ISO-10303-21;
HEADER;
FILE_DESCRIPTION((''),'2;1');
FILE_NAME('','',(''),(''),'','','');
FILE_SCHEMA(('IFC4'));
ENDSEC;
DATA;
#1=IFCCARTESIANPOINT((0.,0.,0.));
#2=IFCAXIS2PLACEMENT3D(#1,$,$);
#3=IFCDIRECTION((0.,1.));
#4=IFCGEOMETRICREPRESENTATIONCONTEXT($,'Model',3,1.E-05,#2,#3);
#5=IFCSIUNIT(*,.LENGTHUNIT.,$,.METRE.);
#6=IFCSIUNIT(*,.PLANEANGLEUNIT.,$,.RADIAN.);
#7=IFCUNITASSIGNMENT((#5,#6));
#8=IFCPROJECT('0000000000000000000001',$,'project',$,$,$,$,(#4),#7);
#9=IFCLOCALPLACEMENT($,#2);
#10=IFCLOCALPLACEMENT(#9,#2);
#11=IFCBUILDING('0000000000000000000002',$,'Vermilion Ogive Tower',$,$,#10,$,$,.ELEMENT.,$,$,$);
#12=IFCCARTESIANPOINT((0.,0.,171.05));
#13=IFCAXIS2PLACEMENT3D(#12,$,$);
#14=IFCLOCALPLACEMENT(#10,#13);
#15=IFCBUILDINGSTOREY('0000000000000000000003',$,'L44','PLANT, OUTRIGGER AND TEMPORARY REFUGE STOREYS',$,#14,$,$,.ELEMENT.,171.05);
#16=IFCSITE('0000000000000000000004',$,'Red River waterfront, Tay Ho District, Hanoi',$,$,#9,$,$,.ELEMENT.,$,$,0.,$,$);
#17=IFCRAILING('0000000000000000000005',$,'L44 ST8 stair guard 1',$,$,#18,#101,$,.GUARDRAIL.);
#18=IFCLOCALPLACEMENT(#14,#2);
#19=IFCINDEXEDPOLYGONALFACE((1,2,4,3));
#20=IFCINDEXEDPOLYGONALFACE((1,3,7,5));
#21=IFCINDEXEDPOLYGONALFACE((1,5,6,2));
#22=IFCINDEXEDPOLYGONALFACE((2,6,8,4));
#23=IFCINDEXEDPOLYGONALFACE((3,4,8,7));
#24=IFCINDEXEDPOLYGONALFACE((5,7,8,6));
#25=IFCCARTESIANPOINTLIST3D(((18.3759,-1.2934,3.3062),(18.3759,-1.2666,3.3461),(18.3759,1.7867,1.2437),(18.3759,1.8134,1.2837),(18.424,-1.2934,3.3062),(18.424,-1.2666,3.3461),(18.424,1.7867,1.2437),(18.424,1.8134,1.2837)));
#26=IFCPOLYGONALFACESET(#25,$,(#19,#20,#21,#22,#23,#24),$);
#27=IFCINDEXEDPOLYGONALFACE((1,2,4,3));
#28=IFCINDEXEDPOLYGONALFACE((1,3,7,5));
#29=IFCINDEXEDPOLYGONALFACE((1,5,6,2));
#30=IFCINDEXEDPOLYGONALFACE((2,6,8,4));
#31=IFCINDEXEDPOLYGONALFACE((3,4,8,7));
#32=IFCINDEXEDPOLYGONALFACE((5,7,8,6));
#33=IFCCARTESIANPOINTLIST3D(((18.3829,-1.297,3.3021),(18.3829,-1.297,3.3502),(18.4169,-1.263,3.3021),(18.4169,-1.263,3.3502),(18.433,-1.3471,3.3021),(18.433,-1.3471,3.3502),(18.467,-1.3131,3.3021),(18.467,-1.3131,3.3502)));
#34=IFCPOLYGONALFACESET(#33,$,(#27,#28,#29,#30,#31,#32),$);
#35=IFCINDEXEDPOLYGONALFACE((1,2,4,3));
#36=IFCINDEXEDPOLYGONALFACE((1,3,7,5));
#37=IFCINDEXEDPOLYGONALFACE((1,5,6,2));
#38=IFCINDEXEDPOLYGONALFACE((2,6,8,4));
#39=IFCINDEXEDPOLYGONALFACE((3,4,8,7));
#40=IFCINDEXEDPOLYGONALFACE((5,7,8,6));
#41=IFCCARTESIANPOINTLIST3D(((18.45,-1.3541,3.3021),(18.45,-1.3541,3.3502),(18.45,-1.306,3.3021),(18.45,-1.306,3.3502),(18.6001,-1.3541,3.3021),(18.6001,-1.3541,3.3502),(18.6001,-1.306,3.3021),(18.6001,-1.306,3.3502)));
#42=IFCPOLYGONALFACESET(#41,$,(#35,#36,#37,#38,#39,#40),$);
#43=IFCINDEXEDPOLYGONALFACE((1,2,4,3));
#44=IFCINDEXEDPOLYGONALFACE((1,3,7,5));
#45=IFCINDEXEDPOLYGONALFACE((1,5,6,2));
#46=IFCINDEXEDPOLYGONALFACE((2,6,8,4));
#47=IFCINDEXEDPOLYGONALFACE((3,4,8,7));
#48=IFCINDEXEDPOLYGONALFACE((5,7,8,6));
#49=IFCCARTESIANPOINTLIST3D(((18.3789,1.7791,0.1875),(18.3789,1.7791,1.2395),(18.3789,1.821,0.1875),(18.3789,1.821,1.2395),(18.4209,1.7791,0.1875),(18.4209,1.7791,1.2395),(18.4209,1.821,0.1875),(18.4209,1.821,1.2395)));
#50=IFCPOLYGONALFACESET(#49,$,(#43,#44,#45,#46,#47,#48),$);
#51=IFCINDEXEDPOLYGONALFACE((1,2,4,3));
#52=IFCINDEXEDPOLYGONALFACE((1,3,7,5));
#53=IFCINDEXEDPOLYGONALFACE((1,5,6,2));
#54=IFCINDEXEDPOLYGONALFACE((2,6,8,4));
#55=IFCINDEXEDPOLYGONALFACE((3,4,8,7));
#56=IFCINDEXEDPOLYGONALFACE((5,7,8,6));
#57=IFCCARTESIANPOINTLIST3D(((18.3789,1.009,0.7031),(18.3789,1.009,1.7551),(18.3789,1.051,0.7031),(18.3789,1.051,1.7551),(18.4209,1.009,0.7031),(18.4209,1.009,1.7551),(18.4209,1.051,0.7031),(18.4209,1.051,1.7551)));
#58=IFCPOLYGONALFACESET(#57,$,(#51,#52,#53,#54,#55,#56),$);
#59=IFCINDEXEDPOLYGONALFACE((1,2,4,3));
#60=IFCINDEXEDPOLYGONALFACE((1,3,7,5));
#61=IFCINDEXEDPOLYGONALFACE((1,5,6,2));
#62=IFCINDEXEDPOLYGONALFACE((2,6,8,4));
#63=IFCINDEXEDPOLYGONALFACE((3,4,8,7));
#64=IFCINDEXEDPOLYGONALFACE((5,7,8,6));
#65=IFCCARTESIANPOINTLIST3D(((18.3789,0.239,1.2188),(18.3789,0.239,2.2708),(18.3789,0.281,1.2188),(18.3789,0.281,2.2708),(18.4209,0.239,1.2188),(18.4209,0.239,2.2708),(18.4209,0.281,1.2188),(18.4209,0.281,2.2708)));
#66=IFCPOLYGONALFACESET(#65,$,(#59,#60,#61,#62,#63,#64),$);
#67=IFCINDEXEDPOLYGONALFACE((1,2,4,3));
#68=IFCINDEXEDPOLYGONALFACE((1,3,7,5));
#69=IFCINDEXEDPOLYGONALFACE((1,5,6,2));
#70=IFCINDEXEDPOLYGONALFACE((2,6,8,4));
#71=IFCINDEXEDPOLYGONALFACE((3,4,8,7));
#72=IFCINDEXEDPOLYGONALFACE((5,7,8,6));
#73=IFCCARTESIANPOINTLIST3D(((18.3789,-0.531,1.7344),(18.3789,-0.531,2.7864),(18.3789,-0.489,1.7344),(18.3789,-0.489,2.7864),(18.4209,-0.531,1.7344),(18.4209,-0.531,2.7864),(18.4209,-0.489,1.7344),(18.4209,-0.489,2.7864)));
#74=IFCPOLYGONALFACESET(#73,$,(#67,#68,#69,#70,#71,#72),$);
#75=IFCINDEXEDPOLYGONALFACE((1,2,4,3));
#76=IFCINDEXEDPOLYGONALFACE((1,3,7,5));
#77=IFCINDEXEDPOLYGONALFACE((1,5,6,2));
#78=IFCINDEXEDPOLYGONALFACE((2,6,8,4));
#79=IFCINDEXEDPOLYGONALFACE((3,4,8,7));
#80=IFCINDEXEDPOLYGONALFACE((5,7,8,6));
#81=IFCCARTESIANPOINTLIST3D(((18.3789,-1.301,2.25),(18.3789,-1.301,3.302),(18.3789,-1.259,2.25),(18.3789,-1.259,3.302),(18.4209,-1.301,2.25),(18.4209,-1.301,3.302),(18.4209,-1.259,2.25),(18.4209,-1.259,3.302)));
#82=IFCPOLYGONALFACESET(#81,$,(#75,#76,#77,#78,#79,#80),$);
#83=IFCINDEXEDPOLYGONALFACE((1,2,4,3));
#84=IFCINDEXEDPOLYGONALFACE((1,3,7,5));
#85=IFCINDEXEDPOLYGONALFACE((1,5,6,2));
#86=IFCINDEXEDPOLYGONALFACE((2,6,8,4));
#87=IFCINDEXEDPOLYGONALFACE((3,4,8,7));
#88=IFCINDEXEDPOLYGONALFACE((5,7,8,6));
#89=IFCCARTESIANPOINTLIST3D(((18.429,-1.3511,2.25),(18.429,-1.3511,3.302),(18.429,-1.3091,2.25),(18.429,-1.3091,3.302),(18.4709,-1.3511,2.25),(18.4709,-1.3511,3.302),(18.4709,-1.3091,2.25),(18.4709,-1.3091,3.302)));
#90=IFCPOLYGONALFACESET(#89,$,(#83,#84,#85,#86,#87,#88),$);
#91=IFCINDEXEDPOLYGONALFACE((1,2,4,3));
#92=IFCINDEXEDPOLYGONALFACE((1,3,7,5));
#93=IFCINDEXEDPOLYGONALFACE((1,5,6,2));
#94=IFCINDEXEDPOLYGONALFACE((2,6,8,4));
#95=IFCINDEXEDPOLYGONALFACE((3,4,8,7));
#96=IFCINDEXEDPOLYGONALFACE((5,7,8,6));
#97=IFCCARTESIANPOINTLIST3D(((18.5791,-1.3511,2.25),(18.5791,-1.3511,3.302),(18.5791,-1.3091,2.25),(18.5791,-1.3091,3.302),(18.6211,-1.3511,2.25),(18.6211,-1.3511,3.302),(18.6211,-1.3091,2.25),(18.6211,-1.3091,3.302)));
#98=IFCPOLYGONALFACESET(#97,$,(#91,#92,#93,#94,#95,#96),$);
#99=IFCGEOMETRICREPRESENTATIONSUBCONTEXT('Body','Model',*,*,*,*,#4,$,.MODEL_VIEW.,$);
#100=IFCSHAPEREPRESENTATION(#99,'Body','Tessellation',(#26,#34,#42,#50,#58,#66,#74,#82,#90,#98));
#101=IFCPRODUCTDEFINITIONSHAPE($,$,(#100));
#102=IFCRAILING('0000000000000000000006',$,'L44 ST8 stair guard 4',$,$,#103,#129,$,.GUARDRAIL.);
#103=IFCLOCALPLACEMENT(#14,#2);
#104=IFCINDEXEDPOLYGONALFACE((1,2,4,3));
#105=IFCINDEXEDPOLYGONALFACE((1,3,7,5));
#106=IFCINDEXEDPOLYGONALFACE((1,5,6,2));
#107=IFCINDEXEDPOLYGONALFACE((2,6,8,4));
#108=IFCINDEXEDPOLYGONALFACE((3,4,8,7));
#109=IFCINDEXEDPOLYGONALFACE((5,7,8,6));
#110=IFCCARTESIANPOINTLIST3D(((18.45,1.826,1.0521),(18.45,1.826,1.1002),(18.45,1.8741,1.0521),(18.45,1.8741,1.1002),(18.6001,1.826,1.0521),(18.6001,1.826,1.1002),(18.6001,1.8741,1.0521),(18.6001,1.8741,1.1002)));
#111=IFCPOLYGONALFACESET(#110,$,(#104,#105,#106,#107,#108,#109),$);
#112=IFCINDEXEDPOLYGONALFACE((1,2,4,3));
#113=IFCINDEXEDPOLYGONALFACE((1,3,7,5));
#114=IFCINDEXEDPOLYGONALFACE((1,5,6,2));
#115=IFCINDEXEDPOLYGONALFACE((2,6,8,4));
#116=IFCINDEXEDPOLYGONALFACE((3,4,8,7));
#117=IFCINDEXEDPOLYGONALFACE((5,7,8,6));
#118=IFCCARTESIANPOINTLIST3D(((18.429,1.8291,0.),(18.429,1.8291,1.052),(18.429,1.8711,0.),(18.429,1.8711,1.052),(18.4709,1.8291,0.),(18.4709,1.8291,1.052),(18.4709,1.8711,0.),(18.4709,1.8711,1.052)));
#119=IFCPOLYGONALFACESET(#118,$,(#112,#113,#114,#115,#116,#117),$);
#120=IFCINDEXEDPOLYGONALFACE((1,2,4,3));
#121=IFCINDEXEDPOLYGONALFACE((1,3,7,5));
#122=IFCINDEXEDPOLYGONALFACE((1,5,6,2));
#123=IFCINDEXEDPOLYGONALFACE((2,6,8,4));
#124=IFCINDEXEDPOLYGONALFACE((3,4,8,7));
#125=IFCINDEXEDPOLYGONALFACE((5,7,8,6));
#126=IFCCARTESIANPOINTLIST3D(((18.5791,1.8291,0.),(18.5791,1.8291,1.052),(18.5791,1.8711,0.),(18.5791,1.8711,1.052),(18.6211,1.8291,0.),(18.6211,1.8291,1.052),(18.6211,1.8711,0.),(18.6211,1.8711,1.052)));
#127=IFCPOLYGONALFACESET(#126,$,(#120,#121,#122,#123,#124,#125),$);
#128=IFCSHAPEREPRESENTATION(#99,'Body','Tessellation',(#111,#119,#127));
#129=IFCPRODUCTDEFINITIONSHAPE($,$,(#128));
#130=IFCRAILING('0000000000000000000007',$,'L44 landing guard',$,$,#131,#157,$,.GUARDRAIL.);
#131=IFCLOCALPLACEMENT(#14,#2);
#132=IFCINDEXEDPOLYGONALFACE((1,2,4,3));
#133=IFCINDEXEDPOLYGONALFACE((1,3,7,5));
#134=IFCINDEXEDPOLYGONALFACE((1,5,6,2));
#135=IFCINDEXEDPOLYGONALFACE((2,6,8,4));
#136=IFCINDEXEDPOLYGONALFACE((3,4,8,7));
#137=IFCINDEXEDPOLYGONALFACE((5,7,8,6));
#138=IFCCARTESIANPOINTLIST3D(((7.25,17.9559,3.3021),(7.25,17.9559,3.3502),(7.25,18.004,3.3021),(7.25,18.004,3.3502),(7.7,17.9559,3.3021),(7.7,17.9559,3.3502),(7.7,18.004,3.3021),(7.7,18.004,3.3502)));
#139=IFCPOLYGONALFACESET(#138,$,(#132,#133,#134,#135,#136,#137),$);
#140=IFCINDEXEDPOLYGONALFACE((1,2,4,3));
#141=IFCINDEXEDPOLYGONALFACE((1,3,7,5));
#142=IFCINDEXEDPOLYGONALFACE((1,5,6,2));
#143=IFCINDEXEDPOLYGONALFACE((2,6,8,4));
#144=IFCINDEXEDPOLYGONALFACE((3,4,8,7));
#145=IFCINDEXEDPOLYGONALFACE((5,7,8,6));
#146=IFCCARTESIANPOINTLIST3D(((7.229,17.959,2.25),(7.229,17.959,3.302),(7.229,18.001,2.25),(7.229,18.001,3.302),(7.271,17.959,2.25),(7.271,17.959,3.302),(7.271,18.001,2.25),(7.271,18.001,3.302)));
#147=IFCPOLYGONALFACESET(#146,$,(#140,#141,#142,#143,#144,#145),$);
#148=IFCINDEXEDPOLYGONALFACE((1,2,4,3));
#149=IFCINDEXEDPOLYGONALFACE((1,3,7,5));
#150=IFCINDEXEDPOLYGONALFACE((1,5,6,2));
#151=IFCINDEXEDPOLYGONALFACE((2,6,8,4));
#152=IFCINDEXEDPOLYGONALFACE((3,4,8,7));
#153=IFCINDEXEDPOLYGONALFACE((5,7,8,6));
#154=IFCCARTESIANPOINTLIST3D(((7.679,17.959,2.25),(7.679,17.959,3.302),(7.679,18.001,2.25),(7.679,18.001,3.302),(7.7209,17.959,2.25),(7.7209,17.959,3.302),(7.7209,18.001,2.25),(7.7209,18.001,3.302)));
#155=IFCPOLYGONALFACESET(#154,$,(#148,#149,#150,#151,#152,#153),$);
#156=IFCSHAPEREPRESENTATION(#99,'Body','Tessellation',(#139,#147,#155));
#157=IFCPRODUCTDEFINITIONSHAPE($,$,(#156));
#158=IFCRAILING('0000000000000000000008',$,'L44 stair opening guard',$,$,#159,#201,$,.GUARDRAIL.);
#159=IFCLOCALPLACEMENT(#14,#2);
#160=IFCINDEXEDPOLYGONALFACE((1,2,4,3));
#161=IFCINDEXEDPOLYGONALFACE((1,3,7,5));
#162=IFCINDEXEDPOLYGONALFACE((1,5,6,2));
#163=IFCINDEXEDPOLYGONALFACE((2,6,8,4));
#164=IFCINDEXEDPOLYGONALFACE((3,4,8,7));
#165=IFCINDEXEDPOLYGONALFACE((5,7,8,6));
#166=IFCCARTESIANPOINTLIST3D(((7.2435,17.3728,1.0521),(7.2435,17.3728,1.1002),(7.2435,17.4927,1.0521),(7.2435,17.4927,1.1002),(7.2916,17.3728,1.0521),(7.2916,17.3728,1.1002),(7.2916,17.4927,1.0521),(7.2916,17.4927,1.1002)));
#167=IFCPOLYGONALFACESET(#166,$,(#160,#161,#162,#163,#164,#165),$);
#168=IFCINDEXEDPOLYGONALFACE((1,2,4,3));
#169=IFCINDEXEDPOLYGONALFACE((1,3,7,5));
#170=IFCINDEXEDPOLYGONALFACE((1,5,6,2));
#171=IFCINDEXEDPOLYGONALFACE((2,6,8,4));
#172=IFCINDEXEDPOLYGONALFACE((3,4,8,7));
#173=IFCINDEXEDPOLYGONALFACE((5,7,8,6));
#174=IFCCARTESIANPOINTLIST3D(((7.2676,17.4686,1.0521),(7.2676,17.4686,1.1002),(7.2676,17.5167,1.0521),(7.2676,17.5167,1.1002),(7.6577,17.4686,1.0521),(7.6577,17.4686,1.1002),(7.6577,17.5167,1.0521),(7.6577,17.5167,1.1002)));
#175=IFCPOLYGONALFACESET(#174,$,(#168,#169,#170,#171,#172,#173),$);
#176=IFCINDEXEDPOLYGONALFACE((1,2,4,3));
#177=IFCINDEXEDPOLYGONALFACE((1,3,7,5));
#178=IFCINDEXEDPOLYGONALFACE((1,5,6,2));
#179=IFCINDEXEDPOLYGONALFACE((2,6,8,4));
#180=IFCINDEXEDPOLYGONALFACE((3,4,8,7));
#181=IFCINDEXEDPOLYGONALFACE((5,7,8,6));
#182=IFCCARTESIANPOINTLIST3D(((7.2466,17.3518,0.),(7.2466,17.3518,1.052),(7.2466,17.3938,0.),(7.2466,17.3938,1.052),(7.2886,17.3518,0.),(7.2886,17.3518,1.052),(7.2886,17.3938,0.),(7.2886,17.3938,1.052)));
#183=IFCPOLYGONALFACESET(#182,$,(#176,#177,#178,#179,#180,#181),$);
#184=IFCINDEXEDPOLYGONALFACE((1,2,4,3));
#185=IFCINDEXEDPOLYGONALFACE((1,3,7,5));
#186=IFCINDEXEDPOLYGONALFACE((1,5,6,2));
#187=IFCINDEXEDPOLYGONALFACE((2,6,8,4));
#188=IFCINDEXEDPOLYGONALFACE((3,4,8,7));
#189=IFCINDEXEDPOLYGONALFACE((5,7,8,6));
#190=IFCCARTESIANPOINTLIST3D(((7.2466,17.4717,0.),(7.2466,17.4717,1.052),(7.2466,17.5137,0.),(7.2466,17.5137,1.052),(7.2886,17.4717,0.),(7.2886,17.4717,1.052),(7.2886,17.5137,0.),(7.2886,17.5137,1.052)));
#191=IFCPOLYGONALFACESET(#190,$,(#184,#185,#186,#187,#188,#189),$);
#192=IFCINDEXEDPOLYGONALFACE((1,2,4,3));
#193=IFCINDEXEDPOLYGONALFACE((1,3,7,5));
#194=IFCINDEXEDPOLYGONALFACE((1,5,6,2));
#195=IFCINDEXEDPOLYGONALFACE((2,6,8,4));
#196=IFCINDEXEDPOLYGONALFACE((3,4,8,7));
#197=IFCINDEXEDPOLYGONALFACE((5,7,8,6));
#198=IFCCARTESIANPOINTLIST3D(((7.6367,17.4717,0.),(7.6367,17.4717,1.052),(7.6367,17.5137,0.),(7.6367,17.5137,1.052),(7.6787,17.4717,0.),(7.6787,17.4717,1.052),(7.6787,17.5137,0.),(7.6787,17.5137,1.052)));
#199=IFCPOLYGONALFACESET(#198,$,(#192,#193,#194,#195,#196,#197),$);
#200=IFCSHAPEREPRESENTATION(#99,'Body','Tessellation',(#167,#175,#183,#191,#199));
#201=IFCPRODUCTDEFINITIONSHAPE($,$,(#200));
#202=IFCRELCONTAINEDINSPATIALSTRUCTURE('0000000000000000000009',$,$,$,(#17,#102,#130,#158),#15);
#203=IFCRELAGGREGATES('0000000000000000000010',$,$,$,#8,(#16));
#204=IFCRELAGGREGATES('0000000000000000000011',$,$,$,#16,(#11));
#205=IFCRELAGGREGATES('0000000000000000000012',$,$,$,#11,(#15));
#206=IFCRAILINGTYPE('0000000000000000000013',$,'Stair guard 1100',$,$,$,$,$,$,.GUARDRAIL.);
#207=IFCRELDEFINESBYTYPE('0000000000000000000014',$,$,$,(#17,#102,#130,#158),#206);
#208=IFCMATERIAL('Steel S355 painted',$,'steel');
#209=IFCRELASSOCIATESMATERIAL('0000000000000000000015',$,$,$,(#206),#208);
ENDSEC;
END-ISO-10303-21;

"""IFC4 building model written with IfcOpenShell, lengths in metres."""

from ifc_helpers import new_model, si_unit, direction, frame, origin, origin_2d, place, context, subcontext, project, spatial, rectangle, extrude, material, type_object, element, save


model = new_model("IFC4")

# Units and contexts
model_context = context("Model", 3, precision=1e-05, world=origin(), true_north=direction((0.0, 1.0)))
body_context = subcontext(model_context, "Body", "Model", "MODEL_VIEW")
ifc_project = project(units=[si_unit("LENGTHUNIT", "METRE"), si_unit("PLANEANGLEUNIT", "RADIAN")], contexts=[model_context])

# Site, building, storey
site_placement = place(None, origin())
site = spatial("IfcSite", under=ifc_project, at=site_placement, Name="Red River waterfront, Tay Ho District, Hanoi", CompositionType="ELEMENT", RefElevation=0.0)
building_placement = place(site_placement, origin())
building = spatial("IfcBuilding", under=site, at=building_placement, Name="Vermilion Ogive Tower", CompositionType="ELEMENT")
storey_placement = place(building_placement, frame((0.0, 0.0, 171.05)))
storey = spatial("IfcBuildingStorey", under=building, at=storey_placement, Name="L44", Description="PLANT, OUTRIGGER AND TEMPORARY REFUGE STOREYS", CompositionType="ELEMENT", Elevation=171.05)

# Railings
ifc_material_1 = material(Name="Steel S355 painted", Category="steel")
railing_type_1 = type_object("IfcRailingType", Name="Stair guard 1100", PredefinedType="GUARDRAIL", material=ifc_material_1)
railing_1_placement = place(storey_placement, frame((18.3999, 1.8, 0.1875)))
element("IfcRailing", 1, at=railing_1_placement, inside=storey, type_object=railing_type_1, Name="L44 ST8 stair guard 1", PredefinedType="GUARDRAIL", context=body_context, shape_type="SweptSolid", body=[
    extrude(rectangle(XDim=0.0481, YDim=0.0481, at=origin_2d()), frame((0.0, 0.0, 1.0762), z_axis=(0.0, -0.830914, 0.556401), x_axis=(1.0, 0.0, 0.0)), (0.0, 0.0, 1.0), 3.7068),
    extrude(rectangle(XDim=0.0481, YDim=0.0481, at=origin_2d()), frame((0.0, -3.0801, 3.1387), z_axis=(0.707107, -0.707107, 0.0), x_axis=(0.707107, 0.707107, 0.0)), (0.0, 0.0, 1.0), 0.0708),
    extrude(rectangle(XDim=0.0481, YDim=0.0481, at=origin_2d()), frame((0.05, -3.1301, 3.1387), z_axis=(1.0, 0.0, 0.0), x_axis=(0.0, 1.0, 0.0)), (0.0, 0.0, 1.0), 0.1501),
    extrude(rectangle(XDim=0.042, YDim=0.042, at=origin_2d()), origin(), (0.0, 0.0, 1.0), 1.052),
    extrude(rectangle(XDim=0.042, YDim=0.042, at=origin_2d()), frame((0.0, -0.77, 0.5156)), (0.0, 0.0, 1.0), 1.052),
    extrude(rectangle(XDim=0.042, YDim=0.042, at=origin_2d()), frame((0.0, -1.54, 1.0312)), (0.0, 0.0, 1.0), 1.052),
    extrude(rectangle(XDim=0.042, YDim=0.042, at=origin_2d()), frame((0.0, -2.3101, 1.5469)), (0.0, 0.0, 1.0), 1.052),
    extrude(rectangle(XDim=0.042, YDim=0.042, at=origin_2d()), frame((0.0, -3.0801, 2.0625)), (0.0, 0.0, 1.0), 1.052),
    extrude(rectangle(XDim=0.042, YDim=0.042, at=origin_2d()), frame((0.05, -3.1301, 2.0625)), (0.0, 0.0, 1.0), 1.052),
    extrude(rectangle(XDim=0.042, YDim=0.042, at=origin_2d()), frame((0.2002, -3.1301, 2.0625)), (0.0, 0.0, 1.0), 1.052),
])
railing_2_placement = place(storey_placement, frame((18.45, 1.8501, 0.0)))
element("IfcRailing", 2, at=railing_2_placement, inside=storey, type_object=railing_type_1, Name="L44 ST8 stair guard 4", PredefinedType="GUARDRAIL", context=body_context, shape_type="SweptSolid", body=[
    extrude(rectangle(XDim=0.0481, YDim=0.0481, at=origin_2d()), frame((0.0, 0.0, 1.0762), z_axis=(1.0, 0.0, 0.0), x_axis=(0.0, 1.0, 0.0)), (0.0, 0.0, 1.0), 0.1501),
    extrude(rectangle(XDim=0.042, YDim=0.042, at=origin_2d()), origin(), (0.0, 0.0, 1.0), 1.052),
    extrude(rectangle(XDim=0.042, YDim=0.042, at=origin_2d()), frame((0.1501, 0.0, 0.0)), (0.0, 0.0, 1.0), 1.052),
])
railing_3_placement = place(storey_placement, frame((7.25, 17.98, 2.25)))
element("IfcRailing", 3, at=railing_3_placement, inside=storey, type_object=railing_type_1, Name="L44 landing guard", PredefinedType="GUARDRAIL", context=body_context, shape_type="SweptSolid", body=[
    extrude(rectangle(XDim=0.0481, YDim=0.0481, at=origin_2d()), frame((0.0, 0.0, 1.0762), z_axis=(1.0, 0.0, 0.0), x_axis=(0.0, 1.0, 0.0)), (0.0, 0.0, 1.0), 0.45),
    extrude(rectangle(XDim=0.042, YDim=0.042, at=origin_2d()), origin(), (0.0, 0.0, 1.0), 1.052),
    extrude(rectangle(XDim=0.042, YDim=0.042, at=origin_2d()), frame((0.45, 0.0, 0.0)), (0.0, 0.0, 1.0), 1.052),
])
railing_4_placement = place(storey_placement, frame((7.2676, 17.3728, 0.0)))
element("IfcRailing", 4, at=railing_4_placement, inside=storey, type_object=railing_type_1, Name="L44 stair opening guard", PredefinedType="GUARDRAIL", context=body_context, shape_type="SweptSolid", body=[
    extrude(rectangle(XDim=0.0481, YDim=0.0481, at=origin_2d()), frame((0.0, 0.0, 1.0762), z_axis=(0.0, 1.0, 0.0), x_axis=(-1.0, 0.0, 0.0)), (0.0, 0.0, 1.0), 0.1199),
    extrude(rectangle(XDim=0.0481, YDim=0.0481, at=origin_2d()), frame((0.0, 0.1199, 1.0762), z_axis=(1.0, 0.0, 0.0), x_axis=(0.0, 1.0, 0.0)), (0.0, 0.0, 1.0), 0.3901),
    extrude(rectangle(XDim=0.042, YDim=0.042, at=origin_2d()), origin(), (0.0, 0.0, 1.0), 1.052),
    extrude(rectangle(XDim=0.042, YDim=0.042, at=origin_2d()), frame((0.0, 0.1199, 0.0)), (0.0, 0.0, 1.0), 1.052),
    extrude(rectangle(XDim=0.042, YDim=0.042, at=origin_2d()), frame((0.3901, 0.1199, 0.0)), (0.0, 0.0, 1.0), 1.052),
])

save(model, "model.ifc")
